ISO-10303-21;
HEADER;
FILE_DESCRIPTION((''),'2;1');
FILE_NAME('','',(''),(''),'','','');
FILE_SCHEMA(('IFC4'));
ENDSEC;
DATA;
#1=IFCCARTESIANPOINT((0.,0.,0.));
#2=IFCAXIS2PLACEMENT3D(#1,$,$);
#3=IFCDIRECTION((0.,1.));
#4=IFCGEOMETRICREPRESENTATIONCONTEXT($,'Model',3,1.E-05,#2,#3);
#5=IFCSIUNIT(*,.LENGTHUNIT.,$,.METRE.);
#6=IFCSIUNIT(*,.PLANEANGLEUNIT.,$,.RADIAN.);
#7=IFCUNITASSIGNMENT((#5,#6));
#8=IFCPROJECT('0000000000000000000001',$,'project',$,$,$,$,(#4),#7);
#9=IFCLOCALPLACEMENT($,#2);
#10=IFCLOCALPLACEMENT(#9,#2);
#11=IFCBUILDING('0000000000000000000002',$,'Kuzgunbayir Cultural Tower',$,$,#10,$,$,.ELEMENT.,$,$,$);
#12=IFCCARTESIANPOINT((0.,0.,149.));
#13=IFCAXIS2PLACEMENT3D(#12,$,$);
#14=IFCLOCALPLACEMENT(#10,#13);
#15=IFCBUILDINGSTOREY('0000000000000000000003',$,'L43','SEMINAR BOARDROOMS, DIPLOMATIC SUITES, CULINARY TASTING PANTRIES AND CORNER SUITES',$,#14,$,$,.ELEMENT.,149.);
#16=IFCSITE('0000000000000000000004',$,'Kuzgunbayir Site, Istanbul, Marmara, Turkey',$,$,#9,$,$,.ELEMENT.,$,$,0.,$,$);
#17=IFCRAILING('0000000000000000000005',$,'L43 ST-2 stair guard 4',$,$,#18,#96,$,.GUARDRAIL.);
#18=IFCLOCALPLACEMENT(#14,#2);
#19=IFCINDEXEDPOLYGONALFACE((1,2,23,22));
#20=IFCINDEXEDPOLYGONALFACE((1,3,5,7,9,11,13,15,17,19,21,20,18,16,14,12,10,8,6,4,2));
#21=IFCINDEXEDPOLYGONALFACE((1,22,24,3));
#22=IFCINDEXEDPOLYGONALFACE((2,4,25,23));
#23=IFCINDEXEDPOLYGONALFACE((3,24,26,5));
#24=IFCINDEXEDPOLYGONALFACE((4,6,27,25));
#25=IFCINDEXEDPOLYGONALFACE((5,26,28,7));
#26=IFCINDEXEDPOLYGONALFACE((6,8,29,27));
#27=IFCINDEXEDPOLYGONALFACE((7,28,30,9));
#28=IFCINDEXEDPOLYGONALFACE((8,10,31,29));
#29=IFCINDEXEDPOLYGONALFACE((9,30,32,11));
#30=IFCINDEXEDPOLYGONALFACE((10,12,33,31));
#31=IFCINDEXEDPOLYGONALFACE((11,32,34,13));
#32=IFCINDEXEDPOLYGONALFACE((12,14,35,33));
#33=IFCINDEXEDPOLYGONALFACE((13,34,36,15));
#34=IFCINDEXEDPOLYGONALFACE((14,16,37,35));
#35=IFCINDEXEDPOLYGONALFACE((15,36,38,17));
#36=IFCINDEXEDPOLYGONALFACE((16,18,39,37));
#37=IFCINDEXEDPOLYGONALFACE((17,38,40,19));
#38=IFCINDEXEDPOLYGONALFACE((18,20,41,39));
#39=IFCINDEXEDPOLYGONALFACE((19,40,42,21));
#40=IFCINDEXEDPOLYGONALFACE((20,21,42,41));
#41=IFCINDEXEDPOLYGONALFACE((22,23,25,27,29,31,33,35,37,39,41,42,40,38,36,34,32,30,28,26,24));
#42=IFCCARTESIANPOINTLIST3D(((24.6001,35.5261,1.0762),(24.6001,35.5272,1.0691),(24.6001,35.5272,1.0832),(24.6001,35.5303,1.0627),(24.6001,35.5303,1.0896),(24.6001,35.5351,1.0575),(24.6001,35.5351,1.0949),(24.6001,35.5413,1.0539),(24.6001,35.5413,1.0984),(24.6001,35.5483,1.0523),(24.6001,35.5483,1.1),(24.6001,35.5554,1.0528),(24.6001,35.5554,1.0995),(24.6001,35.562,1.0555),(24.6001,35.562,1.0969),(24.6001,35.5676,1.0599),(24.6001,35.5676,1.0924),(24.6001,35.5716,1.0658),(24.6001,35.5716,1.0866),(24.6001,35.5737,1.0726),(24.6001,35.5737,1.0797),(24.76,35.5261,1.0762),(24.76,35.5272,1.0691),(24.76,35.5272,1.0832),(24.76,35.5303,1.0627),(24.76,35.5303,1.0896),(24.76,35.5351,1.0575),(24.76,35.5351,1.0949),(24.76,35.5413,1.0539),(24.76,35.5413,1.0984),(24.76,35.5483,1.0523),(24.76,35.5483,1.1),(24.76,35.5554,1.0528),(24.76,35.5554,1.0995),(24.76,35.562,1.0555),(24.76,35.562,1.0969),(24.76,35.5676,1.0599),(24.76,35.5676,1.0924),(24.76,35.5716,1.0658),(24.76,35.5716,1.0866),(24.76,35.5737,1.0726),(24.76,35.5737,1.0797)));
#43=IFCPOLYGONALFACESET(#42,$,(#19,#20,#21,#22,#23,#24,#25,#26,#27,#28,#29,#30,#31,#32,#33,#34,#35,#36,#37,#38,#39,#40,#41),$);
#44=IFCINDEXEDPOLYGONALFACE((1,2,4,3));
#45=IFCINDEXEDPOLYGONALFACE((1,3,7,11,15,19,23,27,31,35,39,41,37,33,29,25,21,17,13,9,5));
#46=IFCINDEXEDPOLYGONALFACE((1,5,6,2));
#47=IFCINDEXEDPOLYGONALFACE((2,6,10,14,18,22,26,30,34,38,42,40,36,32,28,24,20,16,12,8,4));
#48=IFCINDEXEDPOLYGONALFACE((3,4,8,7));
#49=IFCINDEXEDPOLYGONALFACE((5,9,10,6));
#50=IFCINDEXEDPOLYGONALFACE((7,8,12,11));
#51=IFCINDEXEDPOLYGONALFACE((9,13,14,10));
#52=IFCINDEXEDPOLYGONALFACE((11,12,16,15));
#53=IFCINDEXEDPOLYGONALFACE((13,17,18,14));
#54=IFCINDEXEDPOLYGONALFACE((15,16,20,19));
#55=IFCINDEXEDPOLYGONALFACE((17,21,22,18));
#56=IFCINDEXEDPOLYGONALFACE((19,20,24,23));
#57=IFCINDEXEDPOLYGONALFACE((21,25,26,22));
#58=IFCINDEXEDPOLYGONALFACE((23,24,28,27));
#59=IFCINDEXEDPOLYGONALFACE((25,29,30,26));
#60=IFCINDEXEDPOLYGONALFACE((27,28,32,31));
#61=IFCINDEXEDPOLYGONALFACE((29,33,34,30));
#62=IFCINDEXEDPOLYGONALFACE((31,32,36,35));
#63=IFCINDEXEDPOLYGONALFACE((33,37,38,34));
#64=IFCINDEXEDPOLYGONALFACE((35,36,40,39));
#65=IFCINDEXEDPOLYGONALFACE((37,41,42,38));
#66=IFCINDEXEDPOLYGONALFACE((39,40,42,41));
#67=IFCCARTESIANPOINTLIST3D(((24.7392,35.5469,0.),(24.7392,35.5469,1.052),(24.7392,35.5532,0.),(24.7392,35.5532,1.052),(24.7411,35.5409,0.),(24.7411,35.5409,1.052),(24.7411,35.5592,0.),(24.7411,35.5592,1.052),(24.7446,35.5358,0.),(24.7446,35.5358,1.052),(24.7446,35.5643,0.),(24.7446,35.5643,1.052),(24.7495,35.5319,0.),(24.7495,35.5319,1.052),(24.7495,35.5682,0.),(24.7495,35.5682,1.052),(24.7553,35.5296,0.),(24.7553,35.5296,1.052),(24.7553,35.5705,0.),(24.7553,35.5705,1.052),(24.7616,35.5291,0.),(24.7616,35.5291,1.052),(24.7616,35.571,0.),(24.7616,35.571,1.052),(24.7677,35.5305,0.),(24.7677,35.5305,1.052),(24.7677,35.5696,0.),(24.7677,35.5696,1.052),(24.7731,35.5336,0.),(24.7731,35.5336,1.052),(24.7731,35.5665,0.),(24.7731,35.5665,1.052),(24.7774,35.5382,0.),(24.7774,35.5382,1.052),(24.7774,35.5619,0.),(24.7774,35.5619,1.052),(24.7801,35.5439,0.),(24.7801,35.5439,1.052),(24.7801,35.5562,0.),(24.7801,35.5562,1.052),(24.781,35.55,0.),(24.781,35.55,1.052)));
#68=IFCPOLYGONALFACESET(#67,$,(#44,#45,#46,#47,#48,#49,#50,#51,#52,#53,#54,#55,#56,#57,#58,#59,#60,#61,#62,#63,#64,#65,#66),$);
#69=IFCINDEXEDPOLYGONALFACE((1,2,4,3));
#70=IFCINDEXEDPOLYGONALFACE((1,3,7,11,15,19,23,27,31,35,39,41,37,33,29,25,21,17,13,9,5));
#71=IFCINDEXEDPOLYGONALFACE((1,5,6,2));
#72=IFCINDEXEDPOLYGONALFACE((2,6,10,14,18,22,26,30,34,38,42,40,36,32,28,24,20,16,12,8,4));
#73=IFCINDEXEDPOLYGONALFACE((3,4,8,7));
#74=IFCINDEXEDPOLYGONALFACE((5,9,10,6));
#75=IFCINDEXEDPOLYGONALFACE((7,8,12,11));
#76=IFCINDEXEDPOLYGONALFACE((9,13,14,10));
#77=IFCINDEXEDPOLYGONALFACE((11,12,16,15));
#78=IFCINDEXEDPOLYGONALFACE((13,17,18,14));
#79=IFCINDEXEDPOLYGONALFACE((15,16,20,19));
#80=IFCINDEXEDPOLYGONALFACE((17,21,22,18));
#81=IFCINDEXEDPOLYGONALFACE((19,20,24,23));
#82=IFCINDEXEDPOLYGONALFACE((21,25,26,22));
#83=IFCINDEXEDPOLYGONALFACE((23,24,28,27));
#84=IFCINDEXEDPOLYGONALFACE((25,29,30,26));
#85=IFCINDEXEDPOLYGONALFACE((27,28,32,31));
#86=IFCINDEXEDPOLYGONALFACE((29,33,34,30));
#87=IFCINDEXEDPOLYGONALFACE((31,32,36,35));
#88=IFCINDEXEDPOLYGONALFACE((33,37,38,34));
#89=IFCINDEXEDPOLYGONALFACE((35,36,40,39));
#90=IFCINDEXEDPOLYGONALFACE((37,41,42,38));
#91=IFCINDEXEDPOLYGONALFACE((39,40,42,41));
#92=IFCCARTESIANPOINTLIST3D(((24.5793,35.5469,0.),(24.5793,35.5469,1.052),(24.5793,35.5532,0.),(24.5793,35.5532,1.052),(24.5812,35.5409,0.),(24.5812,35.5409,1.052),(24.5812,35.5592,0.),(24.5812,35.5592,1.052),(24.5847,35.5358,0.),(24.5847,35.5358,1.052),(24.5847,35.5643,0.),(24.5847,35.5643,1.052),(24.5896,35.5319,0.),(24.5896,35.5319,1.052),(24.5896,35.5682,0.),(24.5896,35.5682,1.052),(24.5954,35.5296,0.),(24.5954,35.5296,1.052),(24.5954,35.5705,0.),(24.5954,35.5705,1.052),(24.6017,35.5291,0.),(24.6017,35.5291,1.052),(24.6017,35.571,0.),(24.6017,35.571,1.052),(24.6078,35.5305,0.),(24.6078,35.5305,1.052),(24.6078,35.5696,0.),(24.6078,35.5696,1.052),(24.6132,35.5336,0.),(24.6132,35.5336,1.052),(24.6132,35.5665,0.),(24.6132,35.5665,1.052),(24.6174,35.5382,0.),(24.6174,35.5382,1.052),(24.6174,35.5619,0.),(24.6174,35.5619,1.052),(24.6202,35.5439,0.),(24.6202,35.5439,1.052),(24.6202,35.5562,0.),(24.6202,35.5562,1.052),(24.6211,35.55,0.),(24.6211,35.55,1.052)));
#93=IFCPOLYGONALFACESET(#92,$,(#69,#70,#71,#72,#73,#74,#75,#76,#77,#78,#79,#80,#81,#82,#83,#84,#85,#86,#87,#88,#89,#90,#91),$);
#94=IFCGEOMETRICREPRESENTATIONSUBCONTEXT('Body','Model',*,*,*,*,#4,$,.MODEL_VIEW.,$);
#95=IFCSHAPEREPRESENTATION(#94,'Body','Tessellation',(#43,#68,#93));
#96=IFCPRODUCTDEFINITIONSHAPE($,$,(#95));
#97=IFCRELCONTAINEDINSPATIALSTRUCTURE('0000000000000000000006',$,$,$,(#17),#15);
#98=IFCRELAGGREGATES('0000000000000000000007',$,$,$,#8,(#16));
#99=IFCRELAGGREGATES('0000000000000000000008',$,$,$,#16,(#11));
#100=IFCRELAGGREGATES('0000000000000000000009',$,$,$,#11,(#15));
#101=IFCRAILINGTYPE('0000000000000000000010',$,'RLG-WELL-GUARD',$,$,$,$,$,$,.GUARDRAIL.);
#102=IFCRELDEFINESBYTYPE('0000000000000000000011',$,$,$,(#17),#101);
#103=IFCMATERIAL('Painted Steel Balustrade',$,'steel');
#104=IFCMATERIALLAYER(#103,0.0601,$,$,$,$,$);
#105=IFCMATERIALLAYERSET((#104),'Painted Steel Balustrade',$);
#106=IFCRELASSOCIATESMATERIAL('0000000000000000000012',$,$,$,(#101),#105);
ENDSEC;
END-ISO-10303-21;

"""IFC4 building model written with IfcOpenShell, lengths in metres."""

from ifc_helpers import new_model, si_unit, direction, frame, origin, origin_2d, place, context, subcontext, project, spatial, circle, extrude, material, layer, layer_set, type_object, element, save


model = new_model("IFC4")

# Units and contexts
model_context = context("Model", 3, precision=1e-05, world=origin(), true_north=direction((0.0, 1.0)))
body_context = subcontext(model_context, "Body", "Model", "MODEL_VIEW")
ifc_project = project(units=[si_unit("LENGTHUNIT", "METRE"), si_unit("PLANEANGLEUNIT", "RADIAN")], contexts=[model_context])

# Site, building, storey
site_placement = place(None, origin())
site = spatial("IfcSite", under=ifc_project, at=site_placement, Name="Kuzgunbayir Site, Istanbul, Marmara, Turkey", CompositionType="ELEMENT", RefElevation=0.0)
building_placement = place(site_placement, origin())
building = spatial("IfcBuilding", under=site, at=building_placement, Name="Kuzgunbayir Cultural Tower", CompositionType="ELEMENT")
storey_placement = place(building_placement, frame((0.0, 0.0, 149.0)))
storey = spatial("IfcBuildingStorey", under=building, at=storey_placement, Name="L43", Description="SEMINAR BOARDROOMS, DIPLOMATIC SUITES, CULINARY TASTING PANTRIES AND CORNER SUITES", CompositionType="ELEMENT", Elevation=149.0)

# Railing
ifc_material_1 = material(Name="Painted Steel Balustrade", Category="steel")
ifc_layer_1 = layer(ifc_material_1, 0.0601)
ifc_layer_set_1 = layer_set([ifc_layer_1], Name="Painted Steel Balustrade")
railing_type_1 = type_object("IfcRailingType", Name="RLG-WELL-GUARD", PredefinedType="GUARDRAIL", material=ifc_layer_set_1)
railing_1_placement = place(storey_placement, frame((24.76, 35.55, 0.0)))
element("IfcRailing", 1, at=railing_1_placement, inside=storey, type_object=railing_type_1, Name="L43 ST-2 stair guard 4", PredefinedType="GUARDRAIL", context=body_context, shape_type="SweptSolid", body=[
    extrude(circle(Radius=0.0239, at=origin_2d()), frame((0.0, 0.0, 1.0762), z_axis=(-1.0, 0.0, 0.0), x_axis=(0.0, -1.0, 0.0)), (0.0, 0.0, 1.0), 0.1599),
    extrude(circle(Radius=0.021, at=origin_2d()), origin(), (0.0, 0.0, 1.0), 1.052),
    extrude(circle(Radius=0.021, at=origin_2d()), frame((-0.1599, 0.0, 0.0)), (0.0, 0.0, 1.0), 1.052),
])

save(model, "model.ifc")
